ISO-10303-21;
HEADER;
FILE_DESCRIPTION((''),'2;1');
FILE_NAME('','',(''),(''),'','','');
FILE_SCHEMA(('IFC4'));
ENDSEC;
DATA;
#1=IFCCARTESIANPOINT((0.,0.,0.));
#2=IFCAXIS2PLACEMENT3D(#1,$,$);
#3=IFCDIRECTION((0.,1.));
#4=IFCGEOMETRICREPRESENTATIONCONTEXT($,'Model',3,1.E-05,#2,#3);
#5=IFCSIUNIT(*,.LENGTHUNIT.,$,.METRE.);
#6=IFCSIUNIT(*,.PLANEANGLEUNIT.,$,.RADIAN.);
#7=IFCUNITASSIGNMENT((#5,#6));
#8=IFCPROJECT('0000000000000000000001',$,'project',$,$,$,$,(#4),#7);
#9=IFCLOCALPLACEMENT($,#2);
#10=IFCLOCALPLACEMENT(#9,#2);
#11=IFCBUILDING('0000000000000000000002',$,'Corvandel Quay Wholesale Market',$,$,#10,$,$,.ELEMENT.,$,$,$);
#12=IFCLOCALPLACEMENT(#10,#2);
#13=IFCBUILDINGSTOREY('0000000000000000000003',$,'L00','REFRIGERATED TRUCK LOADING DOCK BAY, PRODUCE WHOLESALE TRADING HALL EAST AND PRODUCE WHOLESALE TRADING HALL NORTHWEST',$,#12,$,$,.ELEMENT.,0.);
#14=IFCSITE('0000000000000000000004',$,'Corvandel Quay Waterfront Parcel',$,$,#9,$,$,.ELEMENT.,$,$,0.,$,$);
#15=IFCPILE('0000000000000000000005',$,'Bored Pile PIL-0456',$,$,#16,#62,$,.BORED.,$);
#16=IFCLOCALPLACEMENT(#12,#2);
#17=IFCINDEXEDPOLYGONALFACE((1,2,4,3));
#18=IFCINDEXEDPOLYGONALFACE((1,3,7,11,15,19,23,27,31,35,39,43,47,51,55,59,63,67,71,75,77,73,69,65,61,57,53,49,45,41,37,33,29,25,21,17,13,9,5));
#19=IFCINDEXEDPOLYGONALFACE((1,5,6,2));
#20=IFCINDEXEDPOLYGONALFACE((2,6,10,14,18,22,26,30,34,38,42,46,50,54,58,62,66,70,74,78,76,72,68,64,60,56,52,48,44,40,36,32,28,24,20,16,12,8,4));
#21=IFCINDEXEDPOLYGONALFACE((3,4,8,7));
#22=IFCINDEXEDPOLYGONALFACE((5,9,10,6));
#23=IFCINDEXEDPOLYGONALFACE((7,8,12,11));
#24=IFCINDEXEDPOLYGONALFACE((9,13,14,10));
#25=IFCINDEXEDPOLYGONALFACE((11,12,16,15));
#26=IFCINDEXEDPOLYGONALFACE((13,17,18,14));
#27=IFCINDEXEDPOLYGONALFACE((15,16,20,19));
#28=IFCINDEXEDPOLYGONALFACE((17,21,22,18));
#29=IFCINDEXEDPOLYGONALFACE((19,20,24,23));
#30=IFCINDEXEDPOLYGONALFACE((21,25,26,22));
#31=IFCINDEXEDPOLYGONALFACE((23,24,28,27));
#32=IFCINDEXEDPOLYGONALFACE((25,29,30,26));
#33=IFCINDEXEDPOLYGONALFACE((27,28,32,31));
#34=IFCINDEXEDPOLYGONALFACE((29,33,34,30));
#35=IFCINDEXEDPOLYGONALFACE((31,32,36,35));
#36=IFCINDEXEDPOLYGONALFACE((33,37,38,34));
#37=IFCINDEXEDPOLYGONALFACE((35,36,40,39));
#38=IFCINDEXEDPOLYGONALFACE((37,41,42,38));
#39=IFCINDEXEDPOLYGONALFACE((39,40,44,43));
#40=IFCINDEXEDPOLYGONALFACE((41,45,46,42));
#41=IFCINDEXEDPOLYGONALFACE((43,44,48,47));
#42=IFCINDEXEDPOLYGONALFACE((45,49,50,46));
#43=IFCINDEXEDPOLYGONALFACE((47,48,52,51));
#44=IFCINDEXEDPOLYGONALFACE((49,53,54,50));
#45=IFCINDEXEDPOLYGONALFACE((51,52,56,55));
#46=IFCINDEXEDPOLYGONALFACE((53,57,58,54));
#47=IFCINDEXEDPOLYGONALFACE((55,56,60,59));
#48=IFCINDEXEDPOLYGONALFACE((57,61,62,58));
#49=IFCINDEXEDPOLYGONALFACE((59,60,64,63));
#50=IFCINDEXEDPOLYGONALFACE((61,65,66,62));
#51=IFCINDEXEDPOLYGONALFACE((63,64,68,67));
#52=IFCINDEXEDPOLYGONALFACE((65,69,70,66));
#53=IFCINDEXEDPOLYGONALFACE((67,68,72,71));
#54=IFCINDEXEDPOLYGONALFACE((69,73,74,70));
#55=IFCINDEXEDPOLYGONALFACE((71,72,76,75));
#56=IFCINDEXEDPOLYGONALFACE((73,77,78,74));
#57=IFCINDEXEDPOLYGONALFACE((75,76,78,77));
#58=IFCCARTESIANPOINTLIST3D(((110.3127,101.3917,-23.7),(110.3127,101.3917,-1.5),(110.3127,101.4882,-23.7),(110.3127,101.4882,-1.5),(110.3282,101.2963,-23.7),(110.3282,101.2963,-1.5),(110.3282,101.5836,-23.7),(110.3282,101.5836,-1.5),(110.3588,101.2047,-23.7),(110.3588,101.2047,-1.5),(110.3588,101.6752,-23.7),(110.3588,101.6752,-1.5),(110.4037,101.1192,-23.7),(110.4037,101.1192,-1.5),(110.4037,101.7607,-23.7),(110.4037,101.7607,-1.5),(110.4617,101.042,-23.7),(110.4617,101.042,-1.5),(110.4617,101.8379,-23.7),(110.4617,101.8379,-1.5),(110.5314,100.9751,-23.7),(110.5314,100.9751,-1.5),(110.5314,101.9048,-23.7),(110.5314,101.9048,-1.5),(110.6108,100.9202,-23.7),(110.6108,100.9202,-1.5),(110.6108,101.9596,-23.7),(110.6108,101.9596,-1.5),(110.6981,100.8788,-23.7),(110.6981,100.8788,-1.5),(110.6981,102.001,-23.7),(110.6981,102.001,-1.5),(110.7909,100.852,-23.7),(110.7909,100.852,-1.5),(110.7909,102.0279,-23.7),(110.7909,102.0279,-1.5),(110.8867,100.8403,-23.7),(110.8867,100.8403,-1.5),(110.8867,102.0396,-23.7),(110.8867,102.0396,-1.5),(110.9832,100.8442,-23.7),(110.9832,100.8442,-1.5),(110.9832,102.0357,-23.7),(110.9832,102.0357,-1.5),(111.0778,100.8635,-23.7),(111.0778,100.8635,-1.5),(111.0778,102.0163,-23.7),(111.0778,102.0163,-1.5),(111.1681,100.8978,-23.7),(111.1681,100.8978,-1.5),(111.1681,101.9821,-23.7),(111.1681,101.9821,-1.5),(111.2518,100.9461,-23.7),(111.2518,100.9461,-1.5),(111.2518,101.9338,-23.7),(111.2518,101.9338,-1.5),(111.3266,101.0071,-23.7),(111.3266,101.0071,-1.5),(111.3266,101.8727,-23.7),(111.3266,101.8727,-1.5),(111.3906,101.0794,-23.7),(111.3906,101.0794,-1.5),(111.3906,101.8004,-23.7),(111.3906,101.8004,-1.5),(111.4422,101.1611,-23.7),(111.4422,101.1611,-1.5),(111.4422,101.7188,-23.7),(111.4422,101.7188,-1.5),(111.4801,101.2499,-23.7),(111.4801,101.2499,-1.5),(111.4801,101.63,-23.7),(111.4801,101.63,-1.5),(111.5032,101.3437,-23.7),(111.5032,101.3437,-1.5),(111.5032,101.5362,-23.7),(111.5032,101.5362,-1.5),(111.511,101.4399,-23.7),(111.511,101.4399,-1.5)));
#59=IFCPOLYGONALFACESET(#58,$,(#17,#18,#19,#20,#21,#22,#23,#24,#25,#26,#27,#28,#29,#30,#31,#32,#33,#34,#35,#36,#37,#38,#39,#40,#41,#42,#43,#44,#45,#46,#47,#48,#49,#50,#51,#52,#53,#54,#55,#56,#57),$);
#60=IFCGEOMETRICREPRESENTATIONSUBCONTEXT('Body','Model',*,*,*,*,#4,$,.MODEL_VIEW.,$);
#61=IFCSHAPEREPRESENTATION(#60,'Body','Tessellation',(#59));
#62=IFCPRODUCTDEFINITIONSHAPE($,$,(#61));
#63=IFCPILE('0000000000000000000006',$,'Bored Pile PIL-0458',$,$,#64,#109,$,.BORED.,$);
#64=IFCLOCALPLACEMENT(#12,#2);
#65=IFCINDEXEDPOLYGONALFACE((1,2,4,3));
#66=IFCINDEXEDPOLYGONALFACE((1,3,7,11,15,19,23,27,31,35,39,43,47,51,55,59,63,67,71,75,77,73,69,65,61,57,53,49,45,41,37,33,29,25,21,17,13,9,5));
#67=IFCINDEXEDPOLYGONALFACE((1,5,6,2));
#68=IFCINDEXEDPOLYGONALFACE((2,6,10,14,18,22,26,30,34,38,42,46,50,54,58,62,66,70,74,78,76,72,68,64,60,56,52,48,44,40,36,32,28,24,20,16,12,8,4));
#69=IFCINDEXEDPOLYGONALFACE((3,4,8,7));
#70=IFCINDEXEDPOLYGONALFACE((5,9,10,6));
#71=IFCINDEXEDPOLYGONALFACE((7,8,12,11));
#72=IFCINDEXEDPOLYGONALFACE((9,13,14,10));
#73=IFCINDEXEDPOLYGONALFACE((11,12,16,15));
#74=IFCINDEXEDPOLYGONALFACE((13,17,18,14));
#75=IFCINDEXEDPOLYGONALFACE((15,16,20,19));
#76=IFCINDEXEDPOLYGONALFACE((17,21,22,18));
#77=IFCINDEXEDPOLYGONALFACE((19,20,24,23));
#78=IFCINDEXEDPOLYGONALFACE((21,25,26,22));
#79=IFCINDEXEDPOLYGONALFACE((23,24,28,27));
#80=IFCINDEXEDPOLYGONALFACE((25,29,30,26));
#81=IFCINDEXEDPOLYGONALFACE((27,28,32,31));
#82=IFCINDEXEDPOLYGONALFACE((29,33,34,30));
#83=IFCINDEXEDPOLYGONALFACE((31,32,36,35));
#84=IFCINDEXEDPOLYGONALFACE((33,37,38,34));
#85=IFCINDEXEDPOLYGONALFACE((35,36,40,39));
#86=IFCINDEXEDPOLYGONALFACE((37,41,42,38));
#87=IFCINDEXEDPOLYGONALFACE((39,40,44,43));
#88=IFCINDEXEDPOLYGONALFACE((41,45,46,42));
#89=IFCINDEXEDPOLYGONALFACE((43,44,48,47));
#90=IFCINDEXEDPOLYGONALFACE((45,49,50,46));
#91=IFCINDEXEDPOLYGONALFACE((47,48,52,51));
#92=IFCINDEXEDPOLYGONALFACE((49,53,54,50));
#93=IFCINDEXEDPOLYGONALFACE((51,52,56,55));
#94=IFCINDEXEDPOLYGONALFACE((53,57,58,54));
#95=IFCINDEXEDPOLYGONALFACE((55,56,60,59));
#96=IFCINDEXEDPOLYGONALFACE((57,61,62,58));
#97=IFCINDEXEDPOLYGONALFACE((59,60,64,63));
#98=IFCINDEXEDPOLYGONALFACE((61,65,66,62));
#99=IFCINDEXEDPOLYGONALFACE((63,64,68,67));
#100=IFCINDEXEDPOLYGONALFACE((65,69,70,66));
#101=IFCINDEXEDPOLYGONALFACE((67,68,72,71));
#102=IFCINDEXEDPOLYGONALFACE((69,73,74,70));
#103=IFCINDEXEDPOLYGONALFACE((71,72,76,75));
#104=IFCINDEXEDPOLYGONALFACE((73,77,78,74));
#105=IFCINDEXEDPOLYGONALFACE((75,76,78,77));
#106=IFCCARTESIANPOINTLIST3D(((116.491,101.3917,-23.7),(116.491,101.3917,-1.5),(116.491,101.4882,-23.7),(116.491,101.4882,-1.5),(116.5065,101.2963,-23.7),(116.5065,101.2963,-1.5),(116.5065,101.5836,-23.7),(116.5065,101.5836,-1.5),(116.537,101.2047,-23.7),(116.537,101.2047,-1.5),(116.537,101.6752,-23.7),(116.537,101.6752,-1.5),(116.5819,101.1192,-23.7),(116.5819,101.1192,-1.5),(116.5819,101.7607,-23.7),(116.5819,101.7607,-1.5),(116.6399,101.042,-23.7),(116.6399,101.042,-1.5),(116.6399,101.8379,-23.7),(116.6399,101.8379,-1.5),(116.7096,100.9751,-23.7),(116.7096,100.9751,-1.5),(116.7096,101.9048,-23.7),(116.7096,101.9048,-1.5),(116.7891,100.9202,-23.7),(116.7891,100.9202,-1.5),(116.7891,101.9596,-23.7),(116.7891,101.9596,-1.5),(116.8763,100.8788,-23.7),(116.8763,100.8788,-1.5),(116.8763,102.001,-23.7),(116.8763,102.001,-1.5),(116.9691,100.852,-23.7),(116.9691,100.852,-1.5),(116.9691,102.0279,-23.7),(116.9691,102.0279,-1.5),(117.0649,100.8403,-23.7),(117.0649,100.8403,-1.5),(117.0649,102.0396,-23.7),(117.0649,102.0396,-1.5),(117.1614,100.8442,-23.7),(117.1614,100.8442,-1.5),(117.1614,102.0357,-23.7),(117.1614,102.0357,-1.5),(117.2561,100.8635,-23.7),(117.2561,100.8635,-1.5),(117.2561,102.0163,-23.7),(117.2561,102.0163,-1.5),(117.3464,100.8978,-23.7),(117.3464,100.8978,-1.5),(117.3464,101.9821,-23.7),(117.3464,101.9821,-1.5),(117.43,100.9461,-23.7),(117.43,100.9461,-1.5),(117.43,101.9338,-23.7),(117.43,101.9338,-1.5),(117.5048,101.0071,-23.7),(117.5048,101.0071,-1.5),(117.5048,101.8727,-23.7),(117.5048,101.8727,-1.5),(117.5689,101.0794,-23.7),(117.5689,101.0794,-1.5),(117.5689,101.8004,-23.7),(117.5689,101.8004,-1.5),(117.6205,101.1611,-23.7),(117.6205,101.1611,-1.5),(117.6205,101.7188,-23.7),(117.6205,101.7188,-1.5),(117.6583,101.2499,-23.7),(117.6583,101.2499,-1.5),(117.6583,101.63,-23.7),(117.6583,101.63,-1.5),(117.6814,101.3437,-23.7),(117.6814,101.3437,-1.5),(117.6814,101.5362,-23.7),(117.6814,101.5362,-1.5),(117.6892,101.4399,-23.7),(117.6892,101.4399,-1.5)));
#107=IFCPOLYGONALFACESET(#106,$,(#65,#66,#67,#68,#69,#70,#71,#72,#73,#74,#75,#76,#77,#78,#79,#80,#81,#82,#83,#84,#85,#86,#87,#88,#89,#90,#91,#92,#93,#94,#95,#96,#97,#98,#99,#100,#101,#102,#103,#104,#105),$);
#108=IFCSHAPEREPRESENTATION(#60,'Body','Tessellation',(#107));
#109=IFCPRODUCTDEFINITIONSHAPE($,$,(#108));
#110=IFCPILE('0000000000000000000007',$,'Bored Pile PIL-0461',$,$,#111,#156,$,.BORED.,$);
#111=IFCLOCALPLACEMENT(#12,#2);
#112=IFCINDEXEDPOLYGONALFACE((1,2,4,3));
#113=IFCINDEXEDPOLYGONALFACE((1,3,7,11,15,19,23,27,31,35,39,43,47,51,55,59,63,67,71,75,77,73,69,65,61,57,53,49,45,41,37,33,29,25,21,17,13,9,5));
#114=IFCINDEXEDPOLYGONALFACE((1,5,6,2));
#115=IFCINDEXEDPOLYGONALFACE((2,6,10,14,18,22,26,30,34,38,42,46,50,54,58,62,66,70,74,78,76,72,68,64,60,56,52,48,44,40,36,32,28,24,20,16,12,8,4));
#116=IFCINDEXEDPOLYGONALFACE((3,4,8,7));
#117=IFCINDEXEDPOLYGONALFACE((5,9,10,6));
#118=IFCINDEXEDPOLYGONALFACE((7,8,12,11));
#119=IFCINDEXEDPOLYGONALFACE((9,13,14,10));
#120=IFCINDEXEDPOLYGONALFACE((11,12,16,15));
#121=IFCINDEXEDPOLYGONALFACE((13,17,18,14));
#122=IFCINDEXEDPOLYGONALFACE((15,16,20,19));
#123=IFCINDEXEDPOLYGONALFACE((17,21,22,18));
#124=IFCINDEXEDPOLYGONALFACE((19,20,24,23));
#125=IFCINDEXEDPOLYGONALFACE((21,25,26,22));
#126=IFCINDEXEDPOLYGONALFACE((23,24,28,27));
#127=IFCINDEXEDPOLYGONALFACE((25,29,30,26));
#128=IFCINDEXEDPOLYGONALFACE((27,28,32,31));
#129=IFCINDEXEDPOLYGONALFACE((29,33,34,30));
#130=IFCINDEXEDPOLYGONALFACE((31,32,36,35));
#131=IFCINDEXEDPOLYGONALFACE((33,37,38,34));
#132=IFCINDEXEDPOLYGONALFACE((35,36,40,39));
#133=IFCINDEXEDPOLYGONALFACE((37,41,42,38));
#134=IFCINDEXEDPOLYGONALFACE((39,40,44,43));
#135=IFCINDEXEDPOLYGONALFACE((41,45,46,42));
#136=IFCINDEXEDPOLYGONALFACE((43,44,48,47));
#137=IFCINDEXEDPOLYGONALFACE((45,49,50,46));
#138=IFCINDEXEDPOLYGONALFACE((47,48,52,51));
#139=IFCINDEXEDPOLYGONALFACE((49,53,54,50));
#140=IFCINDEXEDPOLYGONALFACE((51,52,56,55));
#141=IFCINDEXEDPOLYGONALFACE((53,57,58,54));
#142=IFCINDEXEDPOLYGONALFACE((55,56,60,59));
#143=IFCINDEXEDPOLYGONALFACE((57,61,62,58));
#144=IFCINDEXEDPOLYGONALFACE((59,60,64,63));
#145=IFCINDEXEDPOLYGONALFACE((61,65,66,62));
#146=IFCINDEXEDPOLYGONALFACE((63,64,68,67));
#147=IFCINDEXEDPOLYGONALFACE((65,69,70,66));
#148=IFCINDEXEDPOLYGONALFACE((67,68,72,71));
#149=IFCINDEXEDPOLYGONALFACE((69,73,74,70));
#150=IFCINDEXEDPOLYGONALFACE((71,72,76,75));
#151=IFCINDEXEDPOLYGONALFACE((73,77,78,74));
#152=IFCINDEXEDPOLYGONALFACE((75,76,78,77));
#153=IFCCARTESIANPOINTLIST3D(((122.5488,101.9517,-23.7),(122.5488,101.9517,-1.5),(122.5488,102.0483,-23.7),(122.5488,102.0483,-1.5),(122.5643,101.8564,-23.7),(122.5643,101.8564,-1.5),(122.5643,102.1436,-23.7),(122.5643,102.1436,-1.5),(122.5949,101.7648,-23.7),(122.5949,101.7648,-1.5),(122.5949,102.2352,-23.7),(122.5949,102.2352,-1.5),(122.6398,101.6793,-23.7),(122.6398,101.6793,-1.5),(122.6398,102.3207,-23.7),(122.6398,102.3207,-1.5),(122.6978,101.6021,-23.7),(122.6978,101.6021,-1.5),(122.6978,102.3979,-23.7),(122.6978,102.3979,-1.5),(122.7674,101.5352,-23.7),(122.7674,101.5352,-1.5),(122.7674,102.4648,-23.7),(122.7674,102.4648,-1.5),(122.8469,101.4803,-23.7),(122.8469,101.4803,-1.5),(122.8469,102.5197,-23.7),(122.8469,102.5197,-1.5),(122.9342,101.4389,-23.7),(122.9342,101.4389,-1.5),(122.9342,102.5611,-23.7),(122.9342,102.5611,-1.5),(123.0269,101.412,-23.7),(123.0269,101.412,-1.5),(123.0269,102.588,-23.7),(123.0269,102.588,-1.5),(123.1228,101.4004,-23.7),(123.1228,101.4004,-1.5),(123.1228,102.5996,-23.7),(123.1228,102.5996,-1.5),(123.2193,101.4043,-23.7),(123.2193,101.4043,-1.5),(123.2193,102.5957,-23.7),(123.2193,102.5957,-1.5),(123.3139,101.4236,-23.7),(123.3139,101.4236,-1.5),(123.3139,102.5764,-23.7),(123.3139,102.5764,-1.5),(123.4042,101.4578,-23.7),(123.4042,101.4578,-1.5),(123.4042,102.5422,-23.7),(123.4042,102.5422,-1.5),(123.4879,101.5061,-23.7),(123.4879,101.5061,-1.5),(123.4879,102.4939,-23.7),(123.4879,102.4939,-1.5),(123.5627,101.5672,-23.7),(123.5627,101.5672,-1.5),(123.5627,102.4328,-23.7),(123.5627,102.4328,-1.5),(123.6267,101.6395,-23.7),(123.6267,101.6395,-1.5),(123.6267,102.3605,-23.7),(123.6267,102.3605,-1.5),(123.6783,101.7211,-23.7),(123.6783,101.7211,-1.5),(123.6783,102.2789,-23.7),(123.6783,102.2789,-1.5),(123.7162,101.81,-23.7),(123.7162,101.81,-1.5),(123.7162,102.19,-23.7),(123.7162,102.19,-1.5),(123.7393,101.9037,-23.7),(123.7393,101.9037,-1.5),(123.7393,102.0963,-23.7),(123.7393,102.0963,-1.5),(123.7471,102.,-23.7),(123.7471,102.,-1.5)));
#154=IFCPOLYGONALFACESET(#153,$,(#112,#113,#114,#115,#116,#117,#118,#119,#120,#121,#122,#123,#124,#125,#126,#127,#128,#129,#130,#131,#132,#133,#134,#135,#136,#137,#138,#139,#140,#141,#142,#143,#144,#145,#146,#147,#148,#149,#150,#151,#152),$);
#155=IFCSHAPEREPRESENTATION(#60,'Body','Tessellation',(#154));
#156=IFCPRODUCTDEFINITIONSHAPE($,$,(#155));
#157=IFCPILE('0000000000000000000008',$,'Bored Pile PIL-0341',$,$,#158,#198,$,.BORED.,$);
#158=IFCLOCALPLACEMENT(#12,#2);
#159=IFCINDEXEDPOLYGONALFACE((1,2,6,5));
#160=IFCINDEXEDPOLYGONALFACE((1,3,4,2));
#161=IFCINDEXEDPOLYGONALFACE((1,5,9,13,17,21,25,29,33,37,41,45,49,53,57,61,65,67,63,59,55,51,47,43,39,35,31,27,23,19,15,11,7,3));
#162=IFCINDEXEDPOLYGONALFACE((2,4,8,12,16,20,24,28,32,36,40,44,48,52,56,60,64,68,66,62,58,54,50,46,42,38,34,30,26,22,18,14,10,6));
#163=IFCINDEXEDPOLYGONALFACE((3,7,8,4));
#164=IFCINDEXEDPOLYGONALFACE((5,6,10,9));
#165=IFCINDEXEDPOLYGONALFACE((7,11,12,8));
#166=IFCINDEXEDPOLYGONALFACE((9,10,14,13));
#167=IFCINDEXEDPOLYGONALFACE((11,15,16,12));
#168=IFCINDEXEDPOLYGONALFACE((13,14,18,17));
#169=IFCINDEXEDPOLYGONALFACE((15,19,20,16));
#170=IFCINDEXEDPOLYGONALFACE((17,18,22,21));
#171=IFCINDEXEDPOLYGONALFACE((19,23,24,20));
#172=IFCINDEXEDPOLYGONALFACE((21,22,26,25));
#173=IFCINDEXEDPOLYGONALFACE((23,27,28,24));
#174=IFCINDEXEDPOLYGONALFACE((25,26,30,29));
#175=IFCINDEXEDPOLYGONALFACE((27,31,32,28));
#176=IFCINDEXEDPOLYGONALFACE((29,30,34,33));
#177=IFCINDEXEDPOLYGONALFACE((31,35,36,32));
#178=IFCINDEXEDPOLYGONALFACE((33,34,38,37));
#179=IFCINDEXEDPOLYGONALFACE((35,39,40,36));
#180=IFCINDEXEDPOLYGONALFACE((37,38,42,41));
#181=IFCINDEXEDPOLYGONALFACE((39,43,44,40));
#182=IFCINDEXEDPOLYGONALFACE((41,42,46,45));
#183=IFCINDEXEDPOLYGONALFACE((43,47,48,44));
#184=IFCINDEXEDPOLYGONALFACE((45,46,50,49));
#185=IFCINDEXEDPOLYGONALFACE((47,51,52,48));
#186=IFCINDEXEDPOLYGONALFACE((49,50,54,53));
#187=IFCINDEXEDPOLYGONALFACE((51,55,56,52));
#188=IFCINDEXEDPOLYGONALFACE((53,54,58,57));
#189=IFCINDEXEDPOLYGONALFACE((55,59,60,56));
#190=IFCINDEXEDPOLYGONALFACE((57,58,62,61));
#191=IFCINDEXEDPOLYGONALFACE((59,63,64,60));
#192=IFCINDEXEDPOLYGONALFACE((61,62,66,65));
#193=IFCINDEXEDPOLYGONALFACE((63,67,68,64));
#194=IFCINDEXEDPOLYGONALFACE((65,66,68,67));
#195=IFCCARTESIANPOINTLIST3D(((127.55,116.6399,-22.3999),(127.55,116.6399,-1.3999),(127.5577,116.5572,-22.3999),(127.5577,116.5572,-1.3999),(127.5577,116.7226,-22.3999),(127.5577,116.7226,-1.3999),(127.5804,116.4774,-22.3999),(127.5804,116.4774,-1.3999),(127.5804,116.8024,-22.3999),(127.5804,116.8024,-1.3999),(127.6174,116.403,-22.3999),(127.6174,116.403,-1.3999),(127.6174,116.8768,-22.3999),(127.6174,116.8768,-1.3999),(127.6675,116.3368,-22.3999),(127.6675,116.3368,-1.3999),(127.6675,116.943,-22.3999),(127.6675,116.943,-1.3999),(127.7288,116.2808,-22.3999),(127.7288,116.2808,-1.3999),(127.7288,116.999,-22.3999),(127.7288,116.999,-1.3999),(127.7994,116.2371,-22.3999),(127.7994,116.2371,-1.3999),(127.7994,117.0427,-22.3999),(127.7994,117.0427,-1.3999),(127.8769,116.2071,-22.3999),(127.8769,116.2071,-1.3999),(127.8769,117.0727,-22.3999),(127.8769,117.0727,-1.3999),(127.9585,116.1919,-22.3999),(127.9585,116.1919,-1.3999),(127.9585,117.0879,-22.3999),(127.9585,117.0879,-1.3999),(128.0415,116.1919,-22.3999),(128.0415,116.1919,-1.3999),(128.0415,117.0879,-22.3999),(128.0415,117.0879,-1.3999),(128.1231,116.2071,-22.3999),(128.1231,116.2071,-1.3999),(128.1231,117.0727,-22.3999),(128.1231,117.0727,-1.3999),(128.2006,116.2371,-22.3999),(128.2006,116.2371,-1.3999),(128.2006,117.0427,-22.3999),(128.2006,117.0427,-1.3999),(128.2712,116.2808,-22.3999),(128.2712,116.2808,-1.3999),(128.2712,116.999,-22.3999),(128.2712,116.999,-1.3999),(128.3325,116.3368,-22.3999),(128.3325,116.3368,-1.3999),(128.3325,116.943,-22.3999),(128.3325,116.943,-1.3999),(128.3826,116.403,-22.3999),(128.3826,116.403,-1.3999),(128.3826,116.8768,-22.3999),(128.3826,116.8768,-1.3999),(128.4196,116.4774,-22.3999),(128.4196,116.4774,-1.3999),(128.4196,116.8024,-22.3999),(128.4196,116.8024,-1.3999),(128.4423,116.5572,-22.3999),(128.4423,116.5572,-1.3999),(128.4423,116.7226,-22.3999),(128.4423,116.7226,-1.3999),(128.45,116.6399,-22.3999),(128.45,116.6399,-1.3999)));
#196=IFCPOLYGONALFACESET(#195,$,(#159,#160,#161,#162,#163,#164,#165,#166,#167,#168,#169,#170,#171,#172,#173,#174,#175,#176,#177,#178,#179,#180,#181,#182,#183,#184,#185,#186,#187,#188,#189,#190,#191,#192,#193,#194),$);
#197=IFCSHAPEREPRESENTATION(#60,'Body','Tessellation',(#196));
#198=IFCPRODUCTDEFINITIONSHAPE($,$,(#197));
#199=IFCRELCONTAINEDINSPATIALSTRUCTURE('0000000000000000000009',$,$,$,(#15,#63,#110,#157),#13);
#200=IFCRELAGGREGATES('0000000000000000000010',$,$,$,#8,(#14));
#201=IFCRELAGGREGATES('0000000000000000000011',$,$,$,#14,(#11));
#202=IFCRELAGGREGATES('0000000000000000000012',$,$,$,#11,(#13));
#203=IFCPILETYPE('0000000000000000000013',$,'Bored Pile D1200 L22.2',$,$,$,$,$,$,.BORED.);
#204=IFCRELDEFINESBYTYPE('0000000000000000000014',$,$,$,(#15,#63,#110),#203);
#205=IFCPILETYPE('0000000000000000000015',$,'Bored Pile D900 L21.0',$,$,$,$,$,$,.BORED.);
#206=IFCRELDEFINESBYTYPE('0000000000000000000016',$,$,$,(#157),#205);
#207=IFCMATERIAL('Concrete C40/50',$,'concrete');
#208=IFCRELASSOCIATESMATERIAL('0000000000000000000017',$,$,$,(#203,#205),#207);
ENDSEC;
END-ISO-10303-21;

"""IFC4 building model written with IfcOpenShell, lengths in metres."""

from ifc_helpers import new_model, si_unit, direction, frame, origin, origin_2d, place, context, subcontext, project, spatial, circle, extrude, material, material_profile, profile_set, type_object, element, save


model = new_model("IFC4")

# Units and contexts
model_context = context("Model", 3, precision=1e-05, world=origin(), true_north=direction((0.0, 1.0)))
body_context = subcontext(model_context, "Body", "Model", "MODEL_VIEW")
ifc_project = project(units=[si_unit("LENGTHUNIT", "METRE"), si_unit("PLANEANGLEUNIT", "RADIAN")], contexts=[model_context])

# Site, building, storey
site_placement = place(None, origin())
site = spatial("IfcSite", under=ifc_project, at=site_placement, Name="Corvandel Quay Waterfront Parcel", CompositionType="ELEMENT", RefElevation=0.0)
building_placement = place(site_placement, origin())
building = spatial("IfcBuilding", under=site, at=building_placement, Name="Corvandel Quay Wholesale Market", CompositionType="ELEMENT")
storey_placement = place(building_placement, origin())
storey = spatial("IfcBuildingStorey", under=building, at=storey_placement, Name="L00", Description="REFRIGERATED TRUCK LOADING DOCK BAY, PRODUCE WHOLESALE TRADING HALL EAST AND PRODUCE WHOLESALE TRADING HALL NORTHWEST", CompositionType="ELEMENT", Elevation=0.0)

# Piles
ifc_material_1 = material(Name="Concrete C40/50", Category="concrete")
ifc_material_profile_1 = material_profile(ifc_material_1, circle(Radius=0.6001, at=origin_2d()), Name="RC-PILE-D1200")
ifc_profile_set_1 = profile_set([ifc_material_profile_1], Name="Concrete C40/50")
pile_type_1 = type_object("IfcPileType", Name="Bored Pile D1200 L22.2", PredefinedType="BORED", material=ifc_profile_set_1)
for number, where, z_axis, x_axis, name in (
    (1, (110.9109, 101.4399, -1.5), (0.0, 0.0, -1.0), (1.0, 0.0, 0.0), "Bored Pile PIL-0456"),
    (2, (117.0891, 101.4399, -1.5), (0.0, 0.0, -1.0), (1.0, 0.0, 0.0), "Bored Pile PIL-0458"),
    (3, (123.147, 102.0, -1.5), (0.0, 0.0, -1.0), (1.0, 0.0, 0.0), "Bored Pile PIL-0461"),
):
    element("IfcPile", number, at=place(storey_placement, frame(where, z_axis=z_axis, x_axis=x_axis)), inside=storey, type_object=pile_type_1, Name=name, PredefinedType="BORED", context=body_context, shape_type="SweptSolid", body=[
        extrude(circle(Radius=0.6001, at=origin_2d()), origin(), (0.0, 0.0, 1.0), 22.2),
    ])
ifc_material_profile_2 = material_profile(ifc_material_1, circle(Radius=0.45, at=origin_2d()), Name="RC-PILE-D900")
ifc_profile_set_2 = profile_set([ifc_material_profile_2], Name="Concrete C40/50")
pile_type_2 = type_object("IfcPileType", Name="Bored Pile D900 L21.0", PredefinedType="BORED", material=ifc_profile_set_2)
for number, where, z_axis, x_axis, name in (
    (4, (128.0, 116.6399, -1.3999), (0.0, 0.0, -1.0), (1.0, 0.0, 0.0), "Bored Pile PIL-0341"),
):
    element("IfcPile", number, at=place(storey_placement, frame(where, z_axis=z_axis, x_axis=x_axis)), inside=storey, type_object=pile_type_2, Name=name, PredefinedType="BORED", context=body_context, shape_type="SweptSolid", body=[
        extrude(circle(Radius=0.45, at=origin_2d()), origin(), (0.0, 0.0, 1.0), 21.0),
    ])

save(model, "model.ifc")
